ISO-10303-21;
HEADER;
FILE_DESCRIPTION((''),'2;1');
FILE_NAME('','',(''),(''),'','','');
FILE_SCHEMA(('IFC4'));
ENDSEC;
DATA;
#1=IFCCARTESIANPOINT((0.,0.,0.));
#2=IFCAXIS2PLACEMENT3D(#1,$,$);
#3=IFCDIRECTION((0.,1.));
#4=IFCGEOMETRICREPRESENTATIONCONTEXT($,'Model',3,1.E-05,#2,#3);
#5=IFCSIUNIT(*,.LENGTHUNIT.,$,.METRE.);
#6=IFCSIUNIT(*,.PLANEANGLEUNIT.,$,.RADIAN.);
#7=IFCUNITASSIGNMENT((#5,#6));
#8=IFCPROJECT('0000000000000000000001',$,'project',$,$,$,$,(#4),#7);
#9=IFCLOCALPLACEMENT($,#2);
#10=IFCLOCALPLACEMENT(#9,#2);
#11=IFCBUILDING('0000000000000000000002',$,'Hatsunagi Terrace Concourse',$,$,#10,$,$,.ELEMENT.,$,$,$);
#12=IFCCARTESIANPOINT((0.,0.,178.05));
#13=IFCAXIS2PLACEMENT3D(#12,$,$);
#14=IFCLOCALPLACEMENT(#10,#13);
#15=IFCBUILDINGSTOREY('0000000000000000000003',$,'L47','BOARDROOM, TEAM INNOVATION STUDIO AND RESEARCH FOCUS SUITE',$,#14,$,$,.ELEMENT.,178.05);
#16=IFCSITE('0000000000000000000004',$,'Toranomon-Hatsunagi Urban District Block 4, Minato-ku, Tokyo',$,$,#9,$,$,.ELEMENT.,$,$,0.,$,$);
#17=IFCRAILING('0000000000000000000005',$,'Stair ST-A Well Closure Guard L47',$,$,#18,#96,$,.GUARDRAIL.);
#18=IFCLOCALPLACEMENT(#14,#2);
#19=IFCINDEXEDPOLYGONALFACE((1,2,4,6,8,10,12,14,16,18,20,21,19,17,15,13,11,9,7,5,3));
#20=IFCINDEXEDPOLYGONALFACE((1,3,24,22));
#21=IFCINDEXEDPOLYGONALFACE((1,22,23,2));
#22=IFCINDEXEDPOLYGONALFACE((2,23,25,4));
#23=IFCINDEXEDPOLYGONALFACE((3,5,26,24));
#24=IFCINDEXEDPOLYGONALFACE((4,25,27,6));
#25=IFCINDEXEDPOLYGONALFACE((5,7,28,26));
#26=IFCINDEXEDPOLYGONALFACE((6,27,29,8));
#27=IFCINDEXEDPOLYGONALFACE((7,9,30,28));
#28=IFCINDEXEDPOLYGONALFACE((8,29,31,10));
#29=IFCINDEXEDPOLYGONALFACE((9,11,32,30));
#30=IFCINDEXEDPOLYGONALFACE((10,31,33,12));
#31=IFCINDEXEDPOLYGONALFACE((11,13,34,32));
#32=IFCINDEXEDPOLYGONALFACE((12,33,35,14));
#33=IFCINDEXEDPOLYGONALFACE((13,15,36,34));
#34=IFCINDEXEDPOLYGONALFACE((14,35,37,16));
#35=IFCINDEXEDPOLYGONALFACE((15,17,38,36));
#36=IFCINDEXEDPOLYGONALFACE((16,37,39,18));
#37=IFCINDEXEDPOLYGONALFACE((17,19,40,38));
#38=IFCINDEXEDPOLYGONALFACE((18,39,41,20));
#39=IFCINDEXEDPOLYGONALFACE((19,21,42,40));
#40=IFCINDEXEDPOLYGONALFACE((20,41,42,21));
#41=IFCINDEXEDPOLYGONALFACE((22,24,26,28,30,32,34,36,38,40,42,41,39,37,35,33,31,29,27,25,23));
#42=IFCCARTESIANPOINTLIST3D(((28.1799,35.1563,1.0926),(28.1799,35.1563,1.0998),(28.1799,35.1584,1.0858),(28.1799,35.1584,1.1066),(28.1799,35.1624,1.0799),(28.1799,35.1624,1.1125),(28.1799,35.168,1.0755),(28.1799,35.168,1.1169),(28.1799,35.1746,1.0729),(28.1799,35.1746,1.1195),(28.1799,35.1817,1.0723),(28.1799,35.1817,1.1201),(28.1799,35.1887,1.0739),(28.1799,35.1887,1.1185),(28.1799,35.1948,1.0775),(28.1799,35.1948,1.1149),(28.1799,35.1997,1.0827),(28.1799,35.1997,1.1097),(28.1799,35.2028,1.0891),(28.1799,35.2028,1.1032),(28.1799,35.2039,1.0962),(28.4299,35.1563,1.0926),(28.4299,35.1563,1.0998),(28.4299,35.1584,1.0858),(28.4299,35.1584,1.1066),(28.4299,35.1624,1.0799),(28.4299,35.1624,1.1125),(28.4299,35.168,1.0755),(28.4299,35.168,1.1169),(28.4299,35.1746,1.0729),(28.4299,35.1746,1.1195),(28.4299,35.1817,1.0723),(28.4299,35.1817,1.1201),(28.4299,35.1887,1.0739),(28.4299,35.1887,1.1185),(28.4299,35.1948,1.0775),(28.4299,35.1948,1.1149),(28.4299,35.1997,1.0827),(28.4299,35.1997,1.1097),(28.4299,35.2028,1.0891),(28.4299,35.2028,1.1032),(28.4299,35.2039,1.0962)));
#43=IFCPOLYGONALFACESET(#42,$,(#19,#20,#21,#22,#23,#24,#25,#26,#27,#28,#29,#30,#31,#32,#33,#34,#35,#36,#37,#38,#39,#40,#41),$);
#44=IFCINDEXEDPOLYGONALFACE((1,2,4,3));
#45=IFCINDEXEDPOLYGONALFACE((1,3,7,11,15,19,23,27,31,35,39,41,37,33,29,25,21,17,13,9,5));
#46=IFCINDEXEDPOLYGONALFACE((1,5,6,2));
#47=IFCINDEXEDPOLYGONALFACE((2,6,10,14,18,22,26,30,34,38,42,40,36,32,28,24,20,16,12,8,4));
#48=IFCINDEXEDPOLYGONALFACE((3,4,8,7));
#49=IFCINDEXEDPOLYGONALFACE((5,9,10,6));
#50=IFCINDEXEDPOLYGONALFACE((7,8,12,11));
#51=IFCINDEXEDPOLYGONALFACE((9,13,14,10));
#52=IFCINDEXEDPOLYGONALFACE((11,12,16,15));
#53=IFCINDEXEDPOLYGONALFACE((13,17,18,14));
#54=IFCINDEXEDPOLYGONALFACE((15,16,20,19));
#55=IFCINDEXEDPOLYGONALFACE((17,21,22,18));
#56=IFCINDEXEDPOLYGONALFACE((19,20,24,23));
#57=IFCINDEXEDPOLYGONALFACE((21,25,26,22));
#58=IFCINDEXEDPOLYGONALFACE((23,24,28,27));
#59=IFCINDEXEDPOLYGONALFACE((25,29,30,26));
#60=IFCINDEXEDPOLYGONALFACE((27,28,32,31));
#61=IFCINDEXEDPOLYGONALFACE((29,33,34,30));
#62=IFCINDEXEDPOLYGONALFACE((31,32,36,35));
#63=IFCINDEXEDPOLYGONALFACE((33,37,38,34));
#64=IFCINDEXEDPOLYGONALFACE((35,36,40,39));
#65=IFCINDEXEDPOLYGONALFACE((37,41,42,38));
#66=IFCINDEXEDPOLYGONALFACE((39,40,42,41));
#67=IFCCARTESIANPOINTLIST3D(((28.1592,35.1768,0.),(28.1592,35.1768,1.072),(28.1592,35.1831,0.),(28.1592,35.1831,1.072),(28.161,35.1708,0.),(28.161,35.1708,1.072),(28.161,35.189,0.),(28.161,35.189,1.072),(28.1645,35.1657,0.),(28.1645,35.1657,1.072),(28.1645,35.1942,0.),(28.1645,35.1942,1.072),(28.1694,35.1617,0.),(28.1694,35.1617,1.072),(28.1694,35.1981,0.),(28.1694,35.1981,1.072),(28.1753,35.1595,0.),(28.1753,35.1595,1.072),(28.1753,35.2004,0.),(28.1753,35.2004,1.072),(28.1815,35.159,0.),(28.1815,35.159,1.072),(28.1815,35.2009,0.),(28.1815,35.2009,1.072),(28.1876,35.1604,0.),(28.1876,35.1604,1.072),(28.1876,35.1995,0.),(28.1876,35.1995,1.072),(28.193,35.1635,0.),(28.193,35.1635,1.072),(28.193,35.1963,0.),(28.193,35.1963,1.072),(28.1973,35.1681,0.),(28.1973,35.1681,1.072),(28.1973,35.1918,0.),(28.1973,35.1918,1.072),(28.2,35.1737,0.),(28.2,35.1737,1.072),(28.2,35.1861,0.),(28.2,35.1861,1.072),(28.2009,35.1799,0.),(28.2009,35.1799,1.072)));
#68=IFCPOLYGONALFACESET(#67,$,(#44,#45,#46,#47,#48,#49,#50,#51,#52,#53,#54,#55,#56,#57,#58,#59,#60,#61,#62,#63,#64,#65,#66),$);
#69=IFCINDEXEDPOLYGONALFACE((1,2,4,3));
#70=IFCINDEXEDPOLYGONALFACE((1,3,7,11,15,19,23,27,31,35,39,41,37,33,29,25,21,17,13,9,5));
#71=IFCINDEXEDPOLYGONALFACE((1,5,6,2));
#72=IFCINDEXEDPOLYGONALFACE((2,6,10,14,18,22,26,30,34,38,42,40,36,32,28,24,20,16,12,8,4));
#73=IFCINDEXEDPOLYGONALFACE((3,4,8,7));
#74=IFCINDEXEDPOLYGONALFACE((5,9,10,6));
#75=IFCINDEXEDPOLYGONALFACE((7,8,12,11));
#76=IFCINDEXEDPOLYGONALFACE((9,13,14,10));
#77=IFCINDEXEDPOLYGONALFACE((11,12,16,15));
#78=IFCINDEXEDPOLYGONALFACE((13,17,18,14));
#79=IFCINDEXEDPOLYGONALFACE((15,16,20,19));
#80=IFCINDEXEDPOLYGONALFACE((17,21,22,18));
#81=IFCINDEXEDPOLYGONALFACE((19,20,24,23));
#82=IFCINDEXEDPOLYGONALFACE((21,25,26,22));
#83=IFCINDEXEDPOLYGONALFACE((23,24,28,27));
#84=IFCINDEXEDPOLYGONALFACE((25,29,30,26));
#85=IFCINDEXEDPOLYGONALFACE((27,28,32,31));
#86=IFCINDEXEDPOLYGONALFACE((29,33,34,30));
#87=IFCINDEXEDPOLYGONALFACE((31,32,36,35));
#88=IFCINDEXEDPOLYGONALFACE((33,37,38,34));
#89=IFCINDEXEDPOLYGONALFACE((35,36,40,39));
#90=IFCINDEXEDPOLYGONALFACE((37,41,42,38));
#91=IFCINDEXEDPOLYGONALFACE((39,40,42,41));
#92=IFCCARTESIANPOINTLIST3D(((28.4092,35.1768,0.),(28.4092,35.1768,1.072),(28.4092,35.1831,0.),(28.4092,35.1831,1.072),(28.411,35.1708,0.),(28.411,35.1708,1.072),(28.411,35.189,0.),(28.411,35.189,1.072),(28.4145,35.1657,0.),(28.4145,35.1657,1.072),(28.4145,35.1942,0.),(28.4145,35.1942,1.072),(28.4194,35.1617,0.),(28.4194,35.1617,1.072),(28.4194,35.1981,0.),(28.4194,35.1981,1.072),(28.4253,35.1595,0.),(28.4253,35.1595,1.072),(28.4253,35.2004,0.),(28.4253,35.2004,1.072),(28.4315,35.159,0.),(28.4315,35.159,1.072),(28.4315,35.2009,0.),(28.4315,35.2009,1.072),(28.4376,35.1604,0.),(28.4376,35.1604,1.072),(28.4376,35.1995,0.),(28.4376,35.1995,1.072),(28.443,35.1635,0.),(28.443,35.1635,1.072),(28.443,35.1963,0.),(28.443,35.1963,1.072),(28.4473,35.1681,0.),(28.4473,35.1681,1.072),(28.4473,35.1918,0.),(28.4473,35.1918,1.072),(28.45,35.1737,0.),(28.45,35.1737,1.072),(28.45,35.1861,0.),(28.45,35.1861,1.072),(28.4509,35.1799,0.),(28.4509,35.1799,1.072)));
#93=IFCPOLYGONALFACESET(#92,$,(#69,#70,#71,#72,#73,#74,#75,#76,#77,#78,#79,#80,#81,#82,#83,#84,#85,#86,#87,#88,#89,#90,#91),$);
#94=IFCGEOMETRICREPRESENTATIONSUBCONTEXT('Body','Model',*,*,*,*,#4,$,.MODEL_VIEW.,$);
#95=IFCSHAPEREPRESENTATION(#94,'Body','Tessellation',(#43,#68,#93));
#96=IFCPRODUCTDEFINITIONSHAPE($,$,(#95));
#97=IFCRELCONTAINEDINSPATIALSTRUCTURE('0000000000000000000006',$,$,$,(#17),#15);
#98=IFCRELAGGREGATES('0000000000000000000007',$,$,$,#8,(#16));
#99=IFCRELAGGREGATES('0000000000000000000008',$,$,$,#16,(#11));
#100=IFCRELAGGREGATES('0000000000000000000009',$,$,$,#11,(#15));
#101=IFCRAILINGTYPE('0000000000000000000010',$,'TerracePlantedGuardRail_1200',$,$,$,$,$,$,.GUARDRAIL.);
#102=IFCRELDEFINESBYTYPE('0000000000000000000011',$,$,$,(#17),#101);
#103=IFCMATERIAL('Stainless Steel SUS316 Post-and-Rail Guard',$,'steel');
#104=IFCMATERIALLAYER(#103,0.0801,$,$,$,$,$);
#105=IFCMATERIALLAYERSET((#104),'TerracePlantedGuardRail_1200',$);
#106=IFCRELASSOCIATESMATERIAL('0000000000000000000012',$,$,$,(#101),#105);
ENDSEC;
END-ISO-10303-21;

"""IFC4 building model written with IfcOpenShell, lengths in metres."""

from ifc_helpers import new_model, si_unit, direction, frame, origin, origin_2d, place, context, subcontext, project, spatial, circle, extrude, material, layer, layer_set, type_object, element, save


model = new_model("IFC4")

# Units and contexts
model_context = context("Model", 3, precision=1e-05, world=origin(), true_north=direction((0.0, 1.0)))
body_context = subcontext(model_context, "Body", "Model", "MODEL_VIEW")
ifc_project = project(units=[si_unit("LENGTHUNIT", "METRE"), si_unit("PLANEANGLEUNIT", "RADIAN")], contexts=[model_context])

# Site, building, storey
site_placement = place(None, origin())
site = spatial("IfcSite", under=ifc_project, at=site_placement, Name="Toranomon-Hatsunagi Urban District Block 4, Minato-ku, Tokyo", CompositionType="ELEMENT", RefElevation=0.0)
building_placement = place(site_placement, origin())
building = spatial("IfcBuilding", under=site, at=building_placement, Name="Hatsunagi Terrace Concourse", CompositionType="ELEMENT")
storey_placement = place(building_placement, frame((0.0, 0.0, 178.05)))
storey = spatial("IfcBuildingStorey", under=building, at=storey_placement, Name="L47", Description="BOARDROOM, TEAM INNOVATION STUDIO AND RESEARCH FOCUS SUITE", CompositionType="ELEMENT", Elevation=178.05)

# Railing
ifc_material_1 = material(Name="Stainless Steel SUS316 Post-and-Rail Guard", Category="steel")
ifc_layer_1 = layer(ifc_material_1, 0.0801)
ifc_layer_set_1 = layer_set([ifc_layer_1], Name="TerracePlantedGuardRail_1200")
railing_type_1 = type_object("IfcRailingType", Name="TerracePlantedGuardRail_1200", PredefinedType="GUARDRAIL", material=ifc_layer_set_1)
railing_1_placement = place(storey_placement, frame((28.1799, 35.1799, 0.0)))
element("IfcRailing", 1, at=railing_1_placement, inside=storey, type_object=railing_type_1, Name="Stair ST-A Well Closure Guard L47", PredefinedType="GUARDRAIL", context=body_context, shape_type="SweptSolid", body=[
    extrude(circle(Radius=0.0239, at=origin_2d()), frame((0.0, 0.0, 1.0962), z_axis=(1.0, 0.0, 0.0), x_axis=(0.0, 1.0, 0.0)), (0.0, 0.0, 1.0), 0.25),
    extrude(circle(Radius=0.021, at=origin_2d()), origin(), (0.0, 0.0, 1.0), 1.072),
    extrude(circle(Radius=0.021, at=origin_2d()), frame((0.25, 0.0, 0.0)), (0.0, 0.0, 1.0), 1.072),
])

save(model, "model.ifc")
